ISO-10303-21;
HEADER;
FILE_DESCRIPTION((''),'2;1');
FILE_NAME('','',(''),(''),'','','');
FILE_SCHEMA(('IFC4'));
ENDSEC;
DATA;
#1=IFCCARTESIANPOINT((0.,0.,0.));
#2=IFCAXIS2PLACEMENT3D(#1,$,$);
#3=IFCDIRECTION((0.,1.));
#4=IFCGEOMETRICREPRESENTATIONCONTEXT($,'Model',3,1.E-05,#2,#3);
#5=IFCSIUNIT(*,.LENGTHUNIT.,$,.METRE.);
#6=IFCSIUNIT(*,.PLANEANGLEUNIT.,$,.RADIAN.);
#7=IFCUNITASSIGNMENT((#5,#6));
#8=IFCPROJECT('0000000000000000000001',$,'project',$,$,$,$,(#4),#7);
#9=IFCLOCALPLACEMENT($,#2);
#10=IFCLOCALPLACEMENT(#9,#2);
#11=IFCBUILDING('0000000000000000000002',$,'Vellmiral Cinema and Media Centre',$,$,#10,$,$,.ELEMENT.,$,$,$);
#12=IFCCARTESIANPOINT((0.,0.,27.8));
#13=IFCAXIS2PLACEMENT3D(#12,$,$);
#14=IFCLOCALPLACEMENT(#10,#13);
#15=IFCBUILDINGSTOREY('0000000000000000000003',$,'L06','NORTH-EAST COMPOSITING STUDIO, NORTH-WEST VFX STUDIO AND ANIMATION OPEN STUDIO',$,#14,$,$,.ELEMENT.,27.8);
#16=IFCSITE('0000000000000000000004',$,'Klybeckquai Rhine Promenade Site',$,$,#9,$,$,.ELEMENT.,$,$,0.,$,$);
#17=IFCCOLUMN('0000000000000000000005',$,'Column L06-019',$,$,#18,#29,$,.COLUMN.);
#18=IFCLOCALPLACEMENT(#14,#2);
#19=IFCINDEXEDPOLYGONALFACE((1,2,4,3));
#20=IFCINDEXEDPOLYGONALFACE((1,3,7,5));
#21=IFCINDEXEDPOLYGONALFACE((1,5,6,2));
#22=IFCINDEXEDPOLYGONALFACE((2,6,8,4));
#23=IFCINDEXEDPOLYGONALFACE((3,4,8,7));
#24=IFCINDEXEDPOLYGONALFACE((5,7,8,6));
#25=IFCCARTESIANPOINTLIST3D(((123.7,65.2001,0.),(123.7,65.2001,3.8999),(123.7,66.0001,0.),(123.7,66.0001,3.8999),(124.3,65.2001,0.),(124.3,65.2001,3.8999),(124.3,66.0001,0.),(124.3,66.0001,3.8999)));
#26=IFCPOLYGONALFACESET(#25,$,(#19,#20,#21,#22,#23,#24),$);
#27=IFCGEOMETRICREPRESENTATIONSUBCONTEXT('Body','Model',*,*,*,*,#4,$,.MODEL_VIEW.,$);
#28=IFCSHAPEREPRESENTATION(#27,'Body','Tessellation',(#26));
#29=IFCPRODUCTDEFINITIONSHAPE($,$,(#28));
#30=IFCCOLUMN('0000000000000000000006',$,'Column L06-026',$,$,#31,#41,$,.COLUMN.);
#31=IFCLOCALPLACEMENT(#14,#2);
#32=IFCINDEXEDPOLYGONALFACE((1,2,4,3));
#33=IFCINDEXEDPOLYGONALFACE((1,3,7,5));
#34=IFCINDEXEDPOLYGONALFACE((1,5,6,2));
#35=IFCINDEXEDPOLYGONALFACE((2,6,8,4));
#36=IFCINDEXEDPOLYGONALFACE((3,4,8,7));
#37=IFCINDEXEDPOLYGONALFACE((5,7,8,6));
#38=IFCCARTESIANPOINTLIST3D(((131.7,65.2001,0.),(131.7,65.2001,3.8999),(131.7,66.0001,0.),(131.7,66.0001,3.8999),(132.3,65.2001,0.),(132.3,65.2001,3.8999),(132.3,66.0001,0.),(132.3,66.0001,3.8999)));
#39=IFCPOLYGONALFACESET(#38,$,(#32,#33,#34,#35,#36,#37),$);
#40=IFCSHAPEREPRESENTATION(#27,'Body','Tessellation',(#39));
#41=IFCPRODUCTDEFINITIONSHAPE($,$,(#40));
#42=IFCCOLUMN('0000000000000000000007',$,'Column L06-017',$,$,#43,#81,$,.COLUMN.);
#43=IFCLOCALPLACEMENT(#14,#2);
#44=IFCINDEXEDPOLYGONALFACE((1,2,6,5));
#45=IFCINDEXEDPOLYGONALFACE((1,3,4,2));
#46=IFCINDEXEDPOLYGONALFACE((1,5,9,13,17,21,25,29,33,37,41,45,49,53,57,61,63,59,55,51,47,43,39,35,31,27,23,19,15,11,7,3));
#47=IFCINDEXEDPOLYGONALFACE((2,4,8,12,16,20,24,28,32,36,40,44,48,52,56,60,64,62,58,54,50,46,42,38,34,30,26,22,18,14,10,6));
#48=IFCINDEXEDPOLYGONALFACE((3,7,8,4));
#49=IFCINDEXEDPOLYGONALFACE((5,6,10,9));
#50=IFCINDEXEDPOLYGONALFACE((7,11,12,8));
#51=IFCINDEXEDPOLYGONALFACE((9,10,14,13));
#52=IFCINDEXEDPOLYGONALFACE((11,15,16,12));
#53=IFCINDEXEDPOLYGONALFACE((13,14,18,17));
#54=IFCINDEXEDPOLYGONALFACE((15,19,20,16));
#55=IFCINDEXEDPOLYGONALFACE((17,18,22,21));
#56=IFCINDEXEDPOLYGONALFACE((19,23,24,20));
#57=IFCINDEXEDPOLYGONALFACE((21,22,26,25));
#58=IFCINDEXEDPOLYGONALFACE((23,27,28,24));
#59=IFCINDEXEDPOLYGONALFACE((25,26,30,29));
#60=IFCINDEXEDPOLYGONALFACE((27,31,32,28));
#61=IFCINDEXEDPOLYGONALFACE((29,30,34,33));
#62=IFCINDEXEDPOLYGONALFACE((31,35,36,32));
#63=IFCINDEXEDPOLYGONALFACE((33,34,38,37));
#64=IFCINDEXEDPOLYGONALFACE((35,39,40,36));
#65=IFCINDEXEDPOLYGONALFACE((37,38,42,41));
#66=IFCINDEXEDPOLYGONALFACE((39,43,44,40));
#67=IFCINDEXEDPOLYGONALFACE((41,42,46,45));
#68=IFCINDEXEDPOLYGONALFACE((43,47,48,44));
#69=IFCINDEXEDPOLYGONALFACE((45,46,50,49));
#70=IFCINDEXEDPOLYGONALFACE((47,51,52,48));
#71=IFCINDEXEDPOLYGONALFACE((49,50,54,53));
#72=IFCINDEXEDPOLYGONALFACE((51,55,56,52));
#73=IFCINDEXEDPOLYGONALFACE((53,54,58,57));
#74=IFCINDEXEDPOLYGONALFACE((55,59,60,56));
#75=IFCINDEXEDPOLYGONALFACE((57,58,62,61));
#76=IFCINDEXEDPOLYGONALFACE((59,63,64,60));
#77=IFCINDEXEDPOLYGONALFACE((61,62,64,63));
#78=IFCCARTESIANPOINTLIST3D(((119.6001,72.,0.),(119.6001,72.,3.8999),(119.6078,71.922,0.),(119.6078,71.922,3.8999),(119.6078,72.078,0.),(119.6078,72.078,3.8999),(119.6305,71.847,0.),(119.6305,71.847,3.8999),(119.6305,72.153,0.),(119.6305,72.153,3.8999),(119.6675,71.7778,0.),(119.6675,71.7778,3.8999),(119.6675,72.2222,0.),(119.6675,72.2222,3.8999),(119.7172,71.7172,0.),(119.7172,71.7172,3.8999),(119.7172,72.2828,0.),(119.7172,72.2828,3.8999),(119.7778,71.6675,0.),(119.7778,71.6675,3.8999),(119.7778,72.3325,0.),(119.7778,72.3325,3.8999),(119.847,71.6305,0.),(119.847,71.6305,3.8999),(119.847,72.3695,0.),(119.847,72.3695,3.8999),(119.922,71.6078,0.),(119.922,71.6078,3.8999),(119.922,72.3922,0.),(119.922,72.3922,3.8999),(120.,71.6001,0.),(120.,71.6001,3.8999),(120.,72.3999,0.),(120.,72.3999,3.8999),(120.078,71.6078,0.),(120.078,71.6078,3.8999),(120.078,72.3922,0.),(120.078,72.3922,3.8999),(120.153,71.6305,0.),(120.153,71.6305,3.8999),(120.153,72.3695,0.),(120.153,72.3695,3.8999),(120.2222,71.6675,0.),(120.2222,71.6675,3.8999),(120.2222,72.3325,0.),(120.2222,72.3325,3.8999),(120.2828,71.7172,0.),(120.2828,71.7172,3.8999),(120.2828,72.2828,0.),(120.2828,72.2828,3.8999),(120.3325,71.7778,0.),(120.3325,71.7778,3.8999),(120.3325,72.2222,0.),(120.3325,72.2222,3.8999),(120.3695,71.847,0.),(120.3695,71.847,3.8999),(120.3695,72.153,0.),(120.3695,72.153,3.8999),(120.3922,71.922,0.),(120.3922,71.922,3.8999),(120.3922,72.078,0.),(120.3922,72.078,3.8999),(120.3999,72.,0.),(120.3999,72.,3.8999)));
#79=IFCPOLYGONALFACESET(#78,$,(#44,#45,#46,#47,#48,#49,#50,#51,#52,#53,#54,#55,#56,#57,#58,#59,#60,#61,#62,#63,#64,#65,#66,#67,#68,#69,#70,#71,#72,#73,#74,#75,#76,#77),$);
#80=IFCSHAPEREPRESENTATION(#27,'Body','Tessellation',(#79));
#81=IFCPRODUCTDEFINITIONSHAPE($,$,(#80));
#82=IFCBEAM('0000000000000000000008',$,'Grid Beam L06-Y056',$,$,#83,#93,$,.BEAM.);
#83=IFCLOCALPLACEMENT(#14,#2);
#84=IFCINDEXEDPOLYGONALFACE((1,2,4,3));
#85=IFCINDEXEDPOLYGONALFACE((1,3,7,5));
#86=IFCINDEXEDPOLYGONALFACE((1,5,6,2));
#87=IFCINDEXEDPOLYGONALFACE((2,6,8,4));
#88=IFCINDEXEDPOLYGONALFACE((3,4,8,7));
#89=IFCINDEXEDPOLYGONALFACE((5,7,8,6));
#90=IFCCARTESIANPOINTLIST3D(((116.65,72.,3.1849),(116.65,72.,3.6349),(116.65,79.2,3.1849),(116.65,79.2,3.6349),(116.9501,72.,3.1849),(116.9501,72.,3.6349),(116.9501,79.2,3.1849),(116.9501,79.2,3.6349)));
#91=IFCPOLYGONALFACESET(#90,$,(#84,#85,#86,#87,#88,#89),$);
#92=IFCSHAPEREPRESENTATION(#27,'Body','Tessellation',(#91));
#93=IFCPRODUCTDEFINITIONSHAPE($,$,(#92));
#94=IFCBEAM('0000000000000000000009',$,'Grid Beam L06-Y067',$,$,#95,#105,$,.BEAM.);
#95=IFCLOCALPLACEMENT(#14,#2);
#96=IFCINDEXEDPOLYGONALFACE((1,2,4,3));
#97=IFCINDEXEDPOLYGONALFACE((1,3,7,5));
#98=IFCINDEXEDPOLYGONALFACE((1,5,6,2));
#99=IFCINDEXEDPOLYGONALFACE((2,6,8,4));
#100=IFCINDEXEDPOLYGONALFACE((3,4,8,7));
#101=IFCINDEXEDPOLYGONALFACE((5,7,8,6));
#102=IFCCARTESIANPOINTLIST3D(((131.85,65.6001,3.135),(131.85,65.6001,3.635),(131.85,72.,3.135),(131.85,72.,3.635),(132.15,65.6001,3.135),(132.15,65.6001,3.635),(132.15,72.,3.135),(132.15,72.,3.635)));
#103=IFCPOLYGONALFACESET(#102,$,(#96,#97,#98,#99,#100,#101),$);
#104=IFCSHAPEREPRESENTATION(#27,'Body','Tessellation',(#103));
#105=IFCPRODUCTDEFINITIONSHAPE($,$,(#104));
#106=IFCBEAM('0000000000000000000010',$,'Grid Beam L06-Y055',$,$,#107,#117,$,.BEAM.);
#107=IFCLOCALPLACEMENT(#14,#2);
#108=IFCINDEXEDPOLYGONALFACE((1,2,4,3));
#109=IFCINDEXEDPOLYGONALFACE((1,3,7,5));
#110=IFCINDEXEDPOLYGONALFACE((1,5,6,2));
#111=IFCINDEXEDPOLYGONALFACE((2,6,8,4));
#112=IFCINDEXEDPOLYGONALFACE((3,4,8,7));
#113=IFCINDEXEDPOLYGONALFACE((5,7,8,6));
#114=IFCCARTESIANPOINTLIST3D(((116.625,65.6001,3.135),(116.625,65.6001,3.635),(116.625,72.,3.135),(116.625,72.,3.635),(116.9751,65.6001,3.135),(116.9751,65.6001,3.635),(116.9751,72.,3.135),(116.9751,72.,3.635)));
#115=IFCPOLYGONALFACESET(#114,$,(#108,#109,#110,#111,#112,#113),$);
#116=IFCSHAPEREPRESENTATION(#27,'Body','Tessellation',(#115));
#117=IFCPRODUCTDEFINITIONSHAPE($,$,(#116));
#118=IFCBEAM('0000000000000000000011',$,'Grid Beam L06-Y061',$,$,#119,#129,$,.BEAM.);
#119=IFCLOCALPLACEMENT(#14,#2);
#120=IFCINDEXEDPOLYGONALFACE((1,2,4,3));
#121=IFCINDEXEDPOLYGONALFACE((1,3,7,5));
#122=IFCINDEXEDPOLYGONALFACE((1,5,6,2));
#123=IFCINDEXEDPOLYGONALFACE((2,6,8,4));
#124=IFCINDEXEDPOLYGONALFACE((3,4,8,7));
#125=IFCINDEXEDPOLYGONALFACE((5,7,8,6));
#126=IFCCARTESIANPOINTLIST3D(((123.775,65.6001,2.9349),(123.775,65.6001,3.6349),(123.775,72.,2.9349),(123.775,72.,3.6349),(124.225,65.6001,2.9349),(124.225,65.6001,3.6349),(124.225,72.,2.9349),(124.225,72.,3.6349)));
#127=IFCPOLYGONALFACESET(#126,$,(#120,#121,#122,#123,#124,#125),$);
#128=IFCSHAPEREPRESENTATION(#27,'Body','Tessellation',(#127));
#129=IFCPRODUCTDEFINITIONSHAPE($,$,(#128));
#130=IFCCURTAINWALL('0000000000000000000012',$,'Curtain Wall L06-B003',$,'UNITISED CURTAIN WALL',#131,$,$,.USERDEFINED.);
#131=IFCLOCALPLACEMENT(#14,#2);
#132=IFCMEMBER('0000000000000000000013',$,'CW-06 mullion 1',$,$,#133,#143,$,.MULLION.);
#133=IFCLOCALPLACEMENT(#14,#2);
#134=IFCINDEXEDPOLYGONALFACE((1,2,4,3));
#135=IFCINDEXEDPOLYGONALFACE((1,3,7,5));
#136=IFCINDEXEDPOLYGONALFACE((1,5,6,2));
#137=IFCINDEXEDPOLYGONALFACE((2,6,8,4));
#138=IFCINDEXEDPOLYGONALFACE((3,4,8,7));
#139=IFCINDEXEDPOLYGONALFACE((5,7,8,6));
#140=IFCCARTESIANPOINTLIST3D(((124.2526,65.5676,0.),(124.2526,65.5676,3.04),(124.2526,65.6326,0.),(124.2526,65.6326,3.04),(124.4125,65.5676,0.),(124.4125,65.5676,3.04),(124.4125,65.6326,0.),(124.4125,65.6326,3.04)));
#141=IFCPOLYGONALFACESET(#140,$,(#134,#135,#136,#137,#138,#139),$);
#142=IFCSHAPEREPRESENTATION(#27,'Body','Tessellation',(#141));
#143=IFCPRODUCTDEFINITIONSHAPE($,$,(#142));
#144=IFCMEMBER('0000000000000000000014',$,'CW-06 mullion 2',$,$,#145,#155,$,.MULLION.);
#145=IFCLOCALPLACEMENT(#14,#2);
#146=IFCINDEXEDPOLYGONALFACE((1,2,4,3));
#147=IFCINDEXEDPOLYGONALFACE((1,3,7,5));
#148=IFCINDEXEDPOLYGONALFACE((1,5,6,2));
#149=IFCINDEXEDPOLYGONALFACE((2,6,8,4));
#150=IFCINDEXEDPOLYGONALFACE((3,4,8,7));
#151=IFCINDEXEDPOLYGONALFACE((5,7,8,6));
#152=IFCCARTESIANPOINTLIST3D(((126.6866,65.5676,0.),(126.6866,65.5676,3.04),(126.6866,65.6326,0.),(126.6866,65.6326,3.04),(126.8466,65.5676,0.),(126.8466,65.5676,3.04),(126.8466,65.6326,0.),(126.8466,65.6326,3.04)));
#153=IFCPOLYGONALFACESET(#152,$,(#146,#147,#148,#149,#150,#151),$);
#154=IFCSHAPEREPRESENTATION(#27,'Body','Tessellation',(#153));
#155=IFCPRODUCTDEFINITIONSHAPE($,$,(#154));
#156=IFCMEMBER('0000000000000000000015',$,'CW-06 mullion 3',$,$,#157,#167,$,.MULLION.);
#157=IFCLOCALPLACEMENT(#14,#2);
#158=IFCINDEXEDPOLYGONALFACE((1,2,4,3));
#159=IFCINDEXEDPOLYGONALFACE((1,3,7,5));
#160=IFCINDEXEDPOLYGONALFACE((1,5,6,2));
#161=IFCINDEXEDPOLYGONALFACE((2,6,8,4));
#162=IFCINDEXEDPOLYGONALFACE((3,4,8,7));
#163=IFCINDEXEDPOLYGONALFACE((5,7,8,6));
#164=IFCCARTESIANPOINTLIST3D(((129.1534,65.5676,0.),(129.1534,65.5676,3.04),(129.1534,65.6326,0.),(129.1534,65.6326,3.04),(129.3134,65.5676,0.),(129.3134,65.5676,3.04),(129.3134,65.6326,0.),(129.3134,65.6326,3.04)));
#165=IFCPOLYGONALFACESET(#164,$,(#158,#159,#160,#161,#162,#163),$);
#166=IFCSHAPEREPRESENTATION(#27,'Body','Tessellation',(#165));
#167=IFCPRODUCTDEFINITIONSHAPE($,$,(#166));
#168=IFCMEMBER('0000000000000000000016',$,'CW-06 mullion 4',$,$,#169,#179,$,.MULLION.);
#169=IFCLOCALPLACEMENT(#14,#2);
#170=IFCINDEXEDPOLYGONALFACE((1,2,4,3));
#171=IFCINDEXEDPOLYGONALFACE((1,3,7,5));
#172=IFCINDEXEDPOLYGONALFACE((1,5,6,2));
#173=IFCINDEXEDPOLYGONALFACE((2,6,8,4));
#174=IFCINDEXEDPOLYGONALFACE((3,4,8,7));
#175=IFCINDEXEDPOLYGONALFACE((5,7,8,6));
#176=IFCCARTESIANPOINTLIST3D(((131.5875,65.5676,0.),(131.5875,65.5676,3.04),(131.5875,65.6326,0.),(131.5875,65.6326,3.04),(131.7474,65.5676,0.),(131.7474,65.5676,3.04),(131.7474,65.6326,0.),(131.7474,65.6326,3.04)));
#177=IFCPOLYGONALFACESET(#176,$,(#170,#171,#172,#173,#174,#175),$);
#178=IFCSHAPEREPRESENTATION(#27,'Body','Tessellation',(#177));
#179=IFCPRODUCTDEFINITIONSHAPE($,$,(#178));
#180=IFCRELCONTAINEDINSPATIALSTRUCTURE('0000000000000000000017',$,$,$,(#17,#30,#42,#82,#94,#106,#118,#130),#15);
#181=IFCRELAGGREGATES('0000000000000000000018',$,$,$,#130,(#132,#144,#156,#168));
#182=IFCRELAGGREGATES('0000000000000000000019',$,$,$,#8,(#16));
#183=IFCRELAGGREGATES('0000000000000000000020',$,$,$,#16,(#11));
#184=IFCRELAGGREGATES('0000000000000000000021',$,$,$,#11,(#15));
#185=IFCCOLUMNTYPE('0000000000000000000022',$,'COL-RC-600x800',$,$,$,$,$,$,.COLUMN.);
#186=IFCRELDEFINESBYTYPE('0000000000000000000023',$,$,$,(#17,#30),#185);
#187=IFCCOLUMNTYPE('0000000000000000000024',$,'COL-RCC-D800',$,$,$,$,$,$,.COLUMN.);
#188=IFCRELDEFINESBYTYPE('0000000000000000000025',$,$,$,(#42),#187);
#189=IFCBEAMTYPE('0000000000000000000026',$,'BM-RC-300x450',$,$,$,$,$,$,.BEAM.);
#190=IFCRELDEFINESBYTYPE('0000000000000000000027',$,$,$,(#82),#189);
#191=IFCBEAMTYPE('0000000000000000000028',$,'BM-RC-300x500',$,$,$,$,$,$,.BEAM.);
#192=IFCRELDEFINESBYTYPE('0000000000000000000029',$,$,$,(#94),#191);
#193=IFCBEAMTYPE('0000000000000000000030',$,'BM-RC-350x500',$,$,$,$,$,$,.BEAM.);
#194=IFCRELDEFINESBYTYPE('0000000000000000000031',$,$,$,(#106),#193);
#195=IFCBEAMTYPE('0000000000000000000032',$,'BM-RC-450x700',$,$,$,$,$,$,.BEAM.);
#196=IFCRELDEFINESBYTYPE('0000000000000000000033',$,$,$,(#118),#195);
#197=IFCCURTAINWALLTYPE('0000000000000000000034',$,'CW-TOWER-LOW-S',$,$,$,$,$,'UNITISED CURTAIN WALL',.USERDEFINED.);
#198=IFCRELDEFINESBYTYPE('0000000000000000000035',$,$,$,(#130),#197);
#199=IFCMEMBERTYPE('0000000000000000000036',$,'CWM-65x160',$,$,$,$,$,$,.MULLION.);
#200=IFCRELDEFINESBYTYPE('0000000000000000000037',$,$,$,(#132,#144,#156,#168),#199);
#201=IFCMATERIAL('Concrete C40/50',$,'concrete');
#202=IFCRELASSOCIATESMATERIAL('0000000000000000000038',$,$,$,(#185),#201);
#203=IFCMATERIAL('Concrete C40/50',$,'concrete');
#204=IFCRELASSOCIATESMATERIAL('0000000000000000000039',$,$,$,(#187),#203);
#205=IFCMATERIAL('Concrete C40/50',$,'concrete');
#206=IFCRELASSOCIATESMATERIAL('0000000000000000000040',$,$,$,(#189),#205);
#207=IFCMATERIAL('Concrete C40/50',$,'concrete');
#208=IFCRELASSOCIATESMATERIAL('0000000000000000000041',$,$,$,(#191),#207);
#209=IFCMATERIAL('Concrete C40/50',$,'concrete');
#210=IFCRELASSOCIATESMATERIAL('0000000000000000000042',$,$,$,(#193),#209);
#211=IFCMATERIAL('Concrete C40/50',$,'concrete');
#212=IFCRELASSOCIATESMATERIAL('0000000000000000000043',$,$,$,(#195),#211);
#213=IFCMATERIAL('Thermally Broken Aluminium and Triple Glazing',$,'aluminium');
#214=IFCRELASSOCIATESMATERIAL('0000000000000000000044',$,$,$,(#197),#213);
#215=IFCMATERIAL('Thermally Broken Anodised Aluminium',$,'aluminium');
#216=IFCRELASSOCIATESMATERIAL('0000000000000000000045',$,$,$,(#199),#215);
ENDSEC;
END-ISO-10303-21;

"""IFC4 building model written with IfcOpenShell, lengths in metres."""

from ifc_helpers import new_model, si_unit, direction, frame, origin, origin_2d, place, context, subcontext, project, spatial, rectangle, circle, extrude, material, material_profile, profile_set, type_object, element, aggregate, save


model = new_model("IFC4")

# Units and contexts
model_context = context("Model", 3, precision=1e-05, world=origin(), true_north=direction((0.0, 1.0)))
body_context = subcontext(model_context, "Body", "Model", "MODEL_VIEW")
ifc_project = project(units=[si_unit("LENGTHUNIT", "METRE"), si_unit("PLANEANGLEUNIT", "RADIAN")], contexts=[model_context])

# Site, building, storey
site_placement = place(None, origin())
site = spatial("IfcSite", under=ifc_project, at=site_placement, Name="Klybeckquai Rhine Promenade Site", CompositionType="ELEMENT", RefElevation=0.0)
building_placement = place(site_placement, origin())
building = spatial("IfcBuilding", under=site, at=building_placement, Name="Vellmiral Cinema and Media Centre", CompositionType="ELEMENT")
storey_placement = place(building_placement, frame((0.0, 0.0, 27.8)))
storey = spatial("IfcBuildingStorey", under=building, at=storey_placement, Name="L06", Description="NORTH-EAST COMPOSITING STUDIO, NORTH-WEST VFX STUDIO AND ANIMATION OPEN STUDIO", CompositionType="ELEMENT", Elevation=27.8)

# Columns
ifc_material_1 = material(Name="Concrete C40/50", Category="concrete")
ifc_material_profile_1 = material_profile(ifc_material_1, rectangle(XDim=0.6001, YDim=0.8, at=origin_2d()), Name="RC 600x800")
ifc_profile_set_1 = profile_set([ifc_material_profile_1], Name="Concrete C40/50")
column_type_1 = type_object("IfcColumnType", Name="COL-RC-600x800", PredefinedType="COLUMN", material=ifc_profile_set_1)
for number, where, z_axis, x_axis, name in (
    (1, (124.0, 65.6001, 0.0), (0.0, 0.0, 1.0), (1.0, 0.0, 0.0), "Column L06-019"),
    (2, (132.0, 65.6001, 0.0), (0.0, 0.0, 1.0), (1.0, 0.0, 0.0), "Column L06-026"),
):
    element("IfcColumn", number, at=place(storey_placement, frame(where, z_axis=z_axis, x_axis=x_axis)), inside=storey, type_object=column_type_1, Name=name, PredefinedType="COLUMN", context=body_context, shape_type="SweptSolid", body=[
        extrude(rectangle(XDim=0.6001, YDim=0.8, at=origin_2d()), origin(), (0.0, 0.0, 1.0), 3.8999),
    ])
ifc_material_2 = material(Name="Concrete C40/50", Category="concrete")
ifc_material_profile_2 = material_profile(ifc_material_2, circle(Radius=0.3999, at=origin_2d()), Name="RC D800")
ifc_profile_set_2 = profile_set([ifc_material_profile_2], Name="Concrete C40/50")
column_type_2 = type_object("IfcColumnType", Name="COL-RCC-D800", PredefinedType="COLUMN", material=ifc_profile_set_2)
column_placement = place(storey_placement, frame((120.0, 72.0, 0.0), z_axis=(0.0, 0.0, 1.0), x_axis=(1.0, 0.0, 0.0)))
element("IfcColumn", 3, at=column_placement, inside=storey, type_object=column_type_2, Name="Column L06-017", PredefinedType="COLUMN", context=body_context, shape_type="SweptSolid", body=[
    extrude(circle(Radius=0.3999, at=origin_2d()), origin(), (0.0, 0.0, 1.0), 3.8999),
])

# Beams
ifc_material_3 = material(Name="Concrete C40/50", Category="concrete")
ifc_material_profile_3 = material_profile(ifc_material_3, rectangle(XDim=0.3, YDim=0.45, at=origin_2d()), Name="RC 300x450")
ifc_profile_set_3 = profile_set([ifc_material_profile_3], Name="Concrete C40/50")
beam_type_1 = type_object("IfcBeamType", Name="BM-RC-300x450", PredefinedType="BEAM", material=ifc_profile_set_3)
beam_1_placement = place(storey_placement, frame((116.8, 72.0, 3.4099), z_axis=(0.0, 1.0, 0.0), x_axis=(-1.0, 0.0, 0.0)))
element("IfcBeam", 4, at=beam_1_placement, inside=storey, type_object=beam_type_1, Name="Grid Beam L06-Y056", PredefinedType="BEAM", context=body_context, shape_type="SweptSolid", body=[
    extrude(rectangle(XDim=0.3, YDim=0.45, at=origin_2d()), origin(), (0.0, 0.0, 1.0), 7.2),
])
ifc_material_4 = material(Name="Concrete C40/50", Category="concrete")
ifc_material_profile_4 = material_profile(ifc_material_4, rectangle(XDim=0.3, YDim=0.5, at=origin_2d()), Name="RC 300x500")
ifc_profile_set_4 = profile_set([ifc_material_profile_4], Name="Concrete C40/50")
beam_type_2 = type_object("IfcBeamType", Name="BM-RC-300x500", PredefinedType="BEAM", material=ifc_profile_set_4)
beam_2_placement = place(storey_placement, frame((132.0, 65.6001, 3.385), z_axis=(0.0, 1.0, 0.0), x_axis=(-1.0, 0.0, 0.0)))
element("IfcBeam", 5, at=beam_2_placement, inside=storey, type_object=beam_type_2, Name="Grid Beam L06-Y067", PredefinedType="BEAM", context=body_context, shape_type="SweptSolid", body=[
    extrude(rectangle(XDim=0.3, YDim=0.5, at=origin_2d()), origin(), (0.0, 0.0, 1.0), 6.3999),
])
ifc_material_5 = material(Name="Concrete C40/50", Category="concrete")
ifc_material_profile_5 = material_profile(ifc_material_5, rectangle(XDim=0.3501, YDim=0.5, at=origin_2d()), Name="RC 350x500")
ifc_profile_set_5 = profile_set([ifc_material_profile_5], Name="Concrete C40/50")
beam_type_3 = type_object("IfcBeamType", Name="BM-RC-350x500", PredefinedType="BEAM", material=ifc_profile_set_5)
beam_3_placement = place(storey_placement, frame((116.8, 65.6001, 3.385), z_axis=(0.0, 1.0, 0.0), x_axis=(-1.0, 0.0, 0.0)))
element("IfcBeam", 6, at=beam_3_placement, inside=storey, type_object=beam_type_3, Name="Grid Beam L06-Y055", PredefinedType="BEAM", context=body_context, shape_type="SweptSolid", body=[
    extrude(rectangle(XDim=0.3501, YDim=0.5, at=origin_2d()), origin(), (0.0, 0.0, 1.0), 6.3999),
])
ifc_material_6 = material(Name="Concrete C40/50", Category="concrete")
ifc_material_profile_6 = material_profile(ifc_material_6, rectangle(XDim=0.45, YDim=0.7, at=origin_2d()), Name="RC 450x700")
ifc_profile_set_6 = profile_set([ifc_material_profile_6], Name="Concrete C40/50")
beam_type_4 = type_object("IfcBeamType", Name="BM-RC-450x700", PredefinedType="BEAM", material=ifc_profile_set_6)
beam_4_placement = place(storey_placement, frame((124.0, 65.6001, 3.2849), z_axis=(0.0, 1.0, 0.0), x_axis=(-1.0, 0.0, 0.0)))
element("IfcBeam", 7, at=beam_4_placement, inside=storey, type_object=beam_type_4, Name="Grid Beam L06-Y061", PredefinedType="BEAM", context=body_context, shape_type="SweptSolid", body=[
    extrude(rectangle(XDim=0.45, YDim=0.7, at=origin_2d()), origin(), (0.0, 0.0, 1.0), 6.3999),
])

# Curtain wall, members
ifc_material_7 = material(Name="Thermally Broken Aluminium and Triple Glazing", Category="aluminium")
curtain_wall_type = type_object("IfcCurtainWallType", Name="CW-TOWER-LOW-S", ElementType="UNITISED CURTAIN WALL", PredefinedType="USERDEFINED", material=ifc_material_7)
curtain_wall_placement = place(storey_placement, origin())
curtain_wall = element("IfcCurtainWall", 8, at=curtain_wall_placement, inside=storey, type_object=curtain_wall_type, Name="Curtain Wall L06-B003", ObjectType="UNITISED CURTAIN WALL", PredefinedType="USERDEFINED")
ifc_material_8 = material(Name="Thermally Broken Anodised Aluminium", Category="aluminium")
ifc_material_profile_7 = material_profile(ifc_material_8, rectangle(XDim=0.0649, YDim=0.1599, at=origin_2d()), Name="MULL 65x160")
ifc_profile_set_7 = profile_set([ifc_material_profile_7], Name="Thermally Broken Anodised Aluminium")
member_type_1 = type_object("IfcMemberType", Name="CWM-65x160", PredefinedType="MULLION", material=ifc_profile_set_7)
member_1_placement = place(storey_placement, frame((124.3325, 65.6001, 0.0), z_axis=(0.0, 0.0, 1.0), x_axis=(0.0, 1.0, 0.0)))
member_1 = element("IfcMember", 9, at=member_1_placement, type_object=member_type_1, Name="CW-06 mullion 1", PredefinedType="MULLION", context=body_context, shape_type="SweptSolid", body=[
    extrude(rectangle(XDim=0.0649, YDim=0.1599, at=origin_2d()), origin(), (0.0, 0.0, 1.0), 3.04),
])
member_2_placement = place(storey_placement, frame((126.7666, 65.6001, 0.0), z_axis=(0.0, 0.0, 1.0), x_axis=(0.0, 1.0, 0.0)))
member_2 = element("IfcMember", 10, at=member_2_placement, type_object=member_type_1, Name="CW-06 mullion 2", PredefinedType="MULLION", context=body_context, shape_type="SweptSolid", body=[
    extrude(rectangle(XDim=0.0649, YDim=0.1599, at=origin_2d()), origin(), (0.0, 0.0, 1.0), 3.04),
])
member_3_placement = place(storey_placement, frame((129.2334, 65.6001, 0.0), z_axis=(0.0, 0.0, 1.0), x_axis=(0.0, 1.0, 0.0)))
member_3 = element("IfcMember", 11, at=member_3_placement, type_object=member_type_1, Name="CW-06 mullion 3", PredefinedType="MULLION", context=body_context, shape_type="SweptSolid", body=[
    extrude(rectangle(XDim=0.0649, YDim=0.1599, at=origin_2d()), origin(), (0.0, 0.0, 1.0), 3.04),
])
member_4_placement = place(storey_placement, frame((131.6675, 65.6001, 0.0), z_axis=(0.0, 0.0, 1.0), x_axis=(0.0, 1.0, 0.0)))
member_4 = element("IfcMember", 12, at=member_4_placement, type_object=member_type_1, Name="CW-06 mullion 4", PredefinedType="MULLION", context=body_context, shape_type="SweptSolid", body=[
    extrude(rectangle(XDim=0.0649, YDim=0.1599, at=origin_2d()), origin(), (0.0, 0.0, 1.0), 3.04),
])

aggregate(curtain_wall, [member_1, member_2, member_3, member_4])

save(model, "model.ifc")
